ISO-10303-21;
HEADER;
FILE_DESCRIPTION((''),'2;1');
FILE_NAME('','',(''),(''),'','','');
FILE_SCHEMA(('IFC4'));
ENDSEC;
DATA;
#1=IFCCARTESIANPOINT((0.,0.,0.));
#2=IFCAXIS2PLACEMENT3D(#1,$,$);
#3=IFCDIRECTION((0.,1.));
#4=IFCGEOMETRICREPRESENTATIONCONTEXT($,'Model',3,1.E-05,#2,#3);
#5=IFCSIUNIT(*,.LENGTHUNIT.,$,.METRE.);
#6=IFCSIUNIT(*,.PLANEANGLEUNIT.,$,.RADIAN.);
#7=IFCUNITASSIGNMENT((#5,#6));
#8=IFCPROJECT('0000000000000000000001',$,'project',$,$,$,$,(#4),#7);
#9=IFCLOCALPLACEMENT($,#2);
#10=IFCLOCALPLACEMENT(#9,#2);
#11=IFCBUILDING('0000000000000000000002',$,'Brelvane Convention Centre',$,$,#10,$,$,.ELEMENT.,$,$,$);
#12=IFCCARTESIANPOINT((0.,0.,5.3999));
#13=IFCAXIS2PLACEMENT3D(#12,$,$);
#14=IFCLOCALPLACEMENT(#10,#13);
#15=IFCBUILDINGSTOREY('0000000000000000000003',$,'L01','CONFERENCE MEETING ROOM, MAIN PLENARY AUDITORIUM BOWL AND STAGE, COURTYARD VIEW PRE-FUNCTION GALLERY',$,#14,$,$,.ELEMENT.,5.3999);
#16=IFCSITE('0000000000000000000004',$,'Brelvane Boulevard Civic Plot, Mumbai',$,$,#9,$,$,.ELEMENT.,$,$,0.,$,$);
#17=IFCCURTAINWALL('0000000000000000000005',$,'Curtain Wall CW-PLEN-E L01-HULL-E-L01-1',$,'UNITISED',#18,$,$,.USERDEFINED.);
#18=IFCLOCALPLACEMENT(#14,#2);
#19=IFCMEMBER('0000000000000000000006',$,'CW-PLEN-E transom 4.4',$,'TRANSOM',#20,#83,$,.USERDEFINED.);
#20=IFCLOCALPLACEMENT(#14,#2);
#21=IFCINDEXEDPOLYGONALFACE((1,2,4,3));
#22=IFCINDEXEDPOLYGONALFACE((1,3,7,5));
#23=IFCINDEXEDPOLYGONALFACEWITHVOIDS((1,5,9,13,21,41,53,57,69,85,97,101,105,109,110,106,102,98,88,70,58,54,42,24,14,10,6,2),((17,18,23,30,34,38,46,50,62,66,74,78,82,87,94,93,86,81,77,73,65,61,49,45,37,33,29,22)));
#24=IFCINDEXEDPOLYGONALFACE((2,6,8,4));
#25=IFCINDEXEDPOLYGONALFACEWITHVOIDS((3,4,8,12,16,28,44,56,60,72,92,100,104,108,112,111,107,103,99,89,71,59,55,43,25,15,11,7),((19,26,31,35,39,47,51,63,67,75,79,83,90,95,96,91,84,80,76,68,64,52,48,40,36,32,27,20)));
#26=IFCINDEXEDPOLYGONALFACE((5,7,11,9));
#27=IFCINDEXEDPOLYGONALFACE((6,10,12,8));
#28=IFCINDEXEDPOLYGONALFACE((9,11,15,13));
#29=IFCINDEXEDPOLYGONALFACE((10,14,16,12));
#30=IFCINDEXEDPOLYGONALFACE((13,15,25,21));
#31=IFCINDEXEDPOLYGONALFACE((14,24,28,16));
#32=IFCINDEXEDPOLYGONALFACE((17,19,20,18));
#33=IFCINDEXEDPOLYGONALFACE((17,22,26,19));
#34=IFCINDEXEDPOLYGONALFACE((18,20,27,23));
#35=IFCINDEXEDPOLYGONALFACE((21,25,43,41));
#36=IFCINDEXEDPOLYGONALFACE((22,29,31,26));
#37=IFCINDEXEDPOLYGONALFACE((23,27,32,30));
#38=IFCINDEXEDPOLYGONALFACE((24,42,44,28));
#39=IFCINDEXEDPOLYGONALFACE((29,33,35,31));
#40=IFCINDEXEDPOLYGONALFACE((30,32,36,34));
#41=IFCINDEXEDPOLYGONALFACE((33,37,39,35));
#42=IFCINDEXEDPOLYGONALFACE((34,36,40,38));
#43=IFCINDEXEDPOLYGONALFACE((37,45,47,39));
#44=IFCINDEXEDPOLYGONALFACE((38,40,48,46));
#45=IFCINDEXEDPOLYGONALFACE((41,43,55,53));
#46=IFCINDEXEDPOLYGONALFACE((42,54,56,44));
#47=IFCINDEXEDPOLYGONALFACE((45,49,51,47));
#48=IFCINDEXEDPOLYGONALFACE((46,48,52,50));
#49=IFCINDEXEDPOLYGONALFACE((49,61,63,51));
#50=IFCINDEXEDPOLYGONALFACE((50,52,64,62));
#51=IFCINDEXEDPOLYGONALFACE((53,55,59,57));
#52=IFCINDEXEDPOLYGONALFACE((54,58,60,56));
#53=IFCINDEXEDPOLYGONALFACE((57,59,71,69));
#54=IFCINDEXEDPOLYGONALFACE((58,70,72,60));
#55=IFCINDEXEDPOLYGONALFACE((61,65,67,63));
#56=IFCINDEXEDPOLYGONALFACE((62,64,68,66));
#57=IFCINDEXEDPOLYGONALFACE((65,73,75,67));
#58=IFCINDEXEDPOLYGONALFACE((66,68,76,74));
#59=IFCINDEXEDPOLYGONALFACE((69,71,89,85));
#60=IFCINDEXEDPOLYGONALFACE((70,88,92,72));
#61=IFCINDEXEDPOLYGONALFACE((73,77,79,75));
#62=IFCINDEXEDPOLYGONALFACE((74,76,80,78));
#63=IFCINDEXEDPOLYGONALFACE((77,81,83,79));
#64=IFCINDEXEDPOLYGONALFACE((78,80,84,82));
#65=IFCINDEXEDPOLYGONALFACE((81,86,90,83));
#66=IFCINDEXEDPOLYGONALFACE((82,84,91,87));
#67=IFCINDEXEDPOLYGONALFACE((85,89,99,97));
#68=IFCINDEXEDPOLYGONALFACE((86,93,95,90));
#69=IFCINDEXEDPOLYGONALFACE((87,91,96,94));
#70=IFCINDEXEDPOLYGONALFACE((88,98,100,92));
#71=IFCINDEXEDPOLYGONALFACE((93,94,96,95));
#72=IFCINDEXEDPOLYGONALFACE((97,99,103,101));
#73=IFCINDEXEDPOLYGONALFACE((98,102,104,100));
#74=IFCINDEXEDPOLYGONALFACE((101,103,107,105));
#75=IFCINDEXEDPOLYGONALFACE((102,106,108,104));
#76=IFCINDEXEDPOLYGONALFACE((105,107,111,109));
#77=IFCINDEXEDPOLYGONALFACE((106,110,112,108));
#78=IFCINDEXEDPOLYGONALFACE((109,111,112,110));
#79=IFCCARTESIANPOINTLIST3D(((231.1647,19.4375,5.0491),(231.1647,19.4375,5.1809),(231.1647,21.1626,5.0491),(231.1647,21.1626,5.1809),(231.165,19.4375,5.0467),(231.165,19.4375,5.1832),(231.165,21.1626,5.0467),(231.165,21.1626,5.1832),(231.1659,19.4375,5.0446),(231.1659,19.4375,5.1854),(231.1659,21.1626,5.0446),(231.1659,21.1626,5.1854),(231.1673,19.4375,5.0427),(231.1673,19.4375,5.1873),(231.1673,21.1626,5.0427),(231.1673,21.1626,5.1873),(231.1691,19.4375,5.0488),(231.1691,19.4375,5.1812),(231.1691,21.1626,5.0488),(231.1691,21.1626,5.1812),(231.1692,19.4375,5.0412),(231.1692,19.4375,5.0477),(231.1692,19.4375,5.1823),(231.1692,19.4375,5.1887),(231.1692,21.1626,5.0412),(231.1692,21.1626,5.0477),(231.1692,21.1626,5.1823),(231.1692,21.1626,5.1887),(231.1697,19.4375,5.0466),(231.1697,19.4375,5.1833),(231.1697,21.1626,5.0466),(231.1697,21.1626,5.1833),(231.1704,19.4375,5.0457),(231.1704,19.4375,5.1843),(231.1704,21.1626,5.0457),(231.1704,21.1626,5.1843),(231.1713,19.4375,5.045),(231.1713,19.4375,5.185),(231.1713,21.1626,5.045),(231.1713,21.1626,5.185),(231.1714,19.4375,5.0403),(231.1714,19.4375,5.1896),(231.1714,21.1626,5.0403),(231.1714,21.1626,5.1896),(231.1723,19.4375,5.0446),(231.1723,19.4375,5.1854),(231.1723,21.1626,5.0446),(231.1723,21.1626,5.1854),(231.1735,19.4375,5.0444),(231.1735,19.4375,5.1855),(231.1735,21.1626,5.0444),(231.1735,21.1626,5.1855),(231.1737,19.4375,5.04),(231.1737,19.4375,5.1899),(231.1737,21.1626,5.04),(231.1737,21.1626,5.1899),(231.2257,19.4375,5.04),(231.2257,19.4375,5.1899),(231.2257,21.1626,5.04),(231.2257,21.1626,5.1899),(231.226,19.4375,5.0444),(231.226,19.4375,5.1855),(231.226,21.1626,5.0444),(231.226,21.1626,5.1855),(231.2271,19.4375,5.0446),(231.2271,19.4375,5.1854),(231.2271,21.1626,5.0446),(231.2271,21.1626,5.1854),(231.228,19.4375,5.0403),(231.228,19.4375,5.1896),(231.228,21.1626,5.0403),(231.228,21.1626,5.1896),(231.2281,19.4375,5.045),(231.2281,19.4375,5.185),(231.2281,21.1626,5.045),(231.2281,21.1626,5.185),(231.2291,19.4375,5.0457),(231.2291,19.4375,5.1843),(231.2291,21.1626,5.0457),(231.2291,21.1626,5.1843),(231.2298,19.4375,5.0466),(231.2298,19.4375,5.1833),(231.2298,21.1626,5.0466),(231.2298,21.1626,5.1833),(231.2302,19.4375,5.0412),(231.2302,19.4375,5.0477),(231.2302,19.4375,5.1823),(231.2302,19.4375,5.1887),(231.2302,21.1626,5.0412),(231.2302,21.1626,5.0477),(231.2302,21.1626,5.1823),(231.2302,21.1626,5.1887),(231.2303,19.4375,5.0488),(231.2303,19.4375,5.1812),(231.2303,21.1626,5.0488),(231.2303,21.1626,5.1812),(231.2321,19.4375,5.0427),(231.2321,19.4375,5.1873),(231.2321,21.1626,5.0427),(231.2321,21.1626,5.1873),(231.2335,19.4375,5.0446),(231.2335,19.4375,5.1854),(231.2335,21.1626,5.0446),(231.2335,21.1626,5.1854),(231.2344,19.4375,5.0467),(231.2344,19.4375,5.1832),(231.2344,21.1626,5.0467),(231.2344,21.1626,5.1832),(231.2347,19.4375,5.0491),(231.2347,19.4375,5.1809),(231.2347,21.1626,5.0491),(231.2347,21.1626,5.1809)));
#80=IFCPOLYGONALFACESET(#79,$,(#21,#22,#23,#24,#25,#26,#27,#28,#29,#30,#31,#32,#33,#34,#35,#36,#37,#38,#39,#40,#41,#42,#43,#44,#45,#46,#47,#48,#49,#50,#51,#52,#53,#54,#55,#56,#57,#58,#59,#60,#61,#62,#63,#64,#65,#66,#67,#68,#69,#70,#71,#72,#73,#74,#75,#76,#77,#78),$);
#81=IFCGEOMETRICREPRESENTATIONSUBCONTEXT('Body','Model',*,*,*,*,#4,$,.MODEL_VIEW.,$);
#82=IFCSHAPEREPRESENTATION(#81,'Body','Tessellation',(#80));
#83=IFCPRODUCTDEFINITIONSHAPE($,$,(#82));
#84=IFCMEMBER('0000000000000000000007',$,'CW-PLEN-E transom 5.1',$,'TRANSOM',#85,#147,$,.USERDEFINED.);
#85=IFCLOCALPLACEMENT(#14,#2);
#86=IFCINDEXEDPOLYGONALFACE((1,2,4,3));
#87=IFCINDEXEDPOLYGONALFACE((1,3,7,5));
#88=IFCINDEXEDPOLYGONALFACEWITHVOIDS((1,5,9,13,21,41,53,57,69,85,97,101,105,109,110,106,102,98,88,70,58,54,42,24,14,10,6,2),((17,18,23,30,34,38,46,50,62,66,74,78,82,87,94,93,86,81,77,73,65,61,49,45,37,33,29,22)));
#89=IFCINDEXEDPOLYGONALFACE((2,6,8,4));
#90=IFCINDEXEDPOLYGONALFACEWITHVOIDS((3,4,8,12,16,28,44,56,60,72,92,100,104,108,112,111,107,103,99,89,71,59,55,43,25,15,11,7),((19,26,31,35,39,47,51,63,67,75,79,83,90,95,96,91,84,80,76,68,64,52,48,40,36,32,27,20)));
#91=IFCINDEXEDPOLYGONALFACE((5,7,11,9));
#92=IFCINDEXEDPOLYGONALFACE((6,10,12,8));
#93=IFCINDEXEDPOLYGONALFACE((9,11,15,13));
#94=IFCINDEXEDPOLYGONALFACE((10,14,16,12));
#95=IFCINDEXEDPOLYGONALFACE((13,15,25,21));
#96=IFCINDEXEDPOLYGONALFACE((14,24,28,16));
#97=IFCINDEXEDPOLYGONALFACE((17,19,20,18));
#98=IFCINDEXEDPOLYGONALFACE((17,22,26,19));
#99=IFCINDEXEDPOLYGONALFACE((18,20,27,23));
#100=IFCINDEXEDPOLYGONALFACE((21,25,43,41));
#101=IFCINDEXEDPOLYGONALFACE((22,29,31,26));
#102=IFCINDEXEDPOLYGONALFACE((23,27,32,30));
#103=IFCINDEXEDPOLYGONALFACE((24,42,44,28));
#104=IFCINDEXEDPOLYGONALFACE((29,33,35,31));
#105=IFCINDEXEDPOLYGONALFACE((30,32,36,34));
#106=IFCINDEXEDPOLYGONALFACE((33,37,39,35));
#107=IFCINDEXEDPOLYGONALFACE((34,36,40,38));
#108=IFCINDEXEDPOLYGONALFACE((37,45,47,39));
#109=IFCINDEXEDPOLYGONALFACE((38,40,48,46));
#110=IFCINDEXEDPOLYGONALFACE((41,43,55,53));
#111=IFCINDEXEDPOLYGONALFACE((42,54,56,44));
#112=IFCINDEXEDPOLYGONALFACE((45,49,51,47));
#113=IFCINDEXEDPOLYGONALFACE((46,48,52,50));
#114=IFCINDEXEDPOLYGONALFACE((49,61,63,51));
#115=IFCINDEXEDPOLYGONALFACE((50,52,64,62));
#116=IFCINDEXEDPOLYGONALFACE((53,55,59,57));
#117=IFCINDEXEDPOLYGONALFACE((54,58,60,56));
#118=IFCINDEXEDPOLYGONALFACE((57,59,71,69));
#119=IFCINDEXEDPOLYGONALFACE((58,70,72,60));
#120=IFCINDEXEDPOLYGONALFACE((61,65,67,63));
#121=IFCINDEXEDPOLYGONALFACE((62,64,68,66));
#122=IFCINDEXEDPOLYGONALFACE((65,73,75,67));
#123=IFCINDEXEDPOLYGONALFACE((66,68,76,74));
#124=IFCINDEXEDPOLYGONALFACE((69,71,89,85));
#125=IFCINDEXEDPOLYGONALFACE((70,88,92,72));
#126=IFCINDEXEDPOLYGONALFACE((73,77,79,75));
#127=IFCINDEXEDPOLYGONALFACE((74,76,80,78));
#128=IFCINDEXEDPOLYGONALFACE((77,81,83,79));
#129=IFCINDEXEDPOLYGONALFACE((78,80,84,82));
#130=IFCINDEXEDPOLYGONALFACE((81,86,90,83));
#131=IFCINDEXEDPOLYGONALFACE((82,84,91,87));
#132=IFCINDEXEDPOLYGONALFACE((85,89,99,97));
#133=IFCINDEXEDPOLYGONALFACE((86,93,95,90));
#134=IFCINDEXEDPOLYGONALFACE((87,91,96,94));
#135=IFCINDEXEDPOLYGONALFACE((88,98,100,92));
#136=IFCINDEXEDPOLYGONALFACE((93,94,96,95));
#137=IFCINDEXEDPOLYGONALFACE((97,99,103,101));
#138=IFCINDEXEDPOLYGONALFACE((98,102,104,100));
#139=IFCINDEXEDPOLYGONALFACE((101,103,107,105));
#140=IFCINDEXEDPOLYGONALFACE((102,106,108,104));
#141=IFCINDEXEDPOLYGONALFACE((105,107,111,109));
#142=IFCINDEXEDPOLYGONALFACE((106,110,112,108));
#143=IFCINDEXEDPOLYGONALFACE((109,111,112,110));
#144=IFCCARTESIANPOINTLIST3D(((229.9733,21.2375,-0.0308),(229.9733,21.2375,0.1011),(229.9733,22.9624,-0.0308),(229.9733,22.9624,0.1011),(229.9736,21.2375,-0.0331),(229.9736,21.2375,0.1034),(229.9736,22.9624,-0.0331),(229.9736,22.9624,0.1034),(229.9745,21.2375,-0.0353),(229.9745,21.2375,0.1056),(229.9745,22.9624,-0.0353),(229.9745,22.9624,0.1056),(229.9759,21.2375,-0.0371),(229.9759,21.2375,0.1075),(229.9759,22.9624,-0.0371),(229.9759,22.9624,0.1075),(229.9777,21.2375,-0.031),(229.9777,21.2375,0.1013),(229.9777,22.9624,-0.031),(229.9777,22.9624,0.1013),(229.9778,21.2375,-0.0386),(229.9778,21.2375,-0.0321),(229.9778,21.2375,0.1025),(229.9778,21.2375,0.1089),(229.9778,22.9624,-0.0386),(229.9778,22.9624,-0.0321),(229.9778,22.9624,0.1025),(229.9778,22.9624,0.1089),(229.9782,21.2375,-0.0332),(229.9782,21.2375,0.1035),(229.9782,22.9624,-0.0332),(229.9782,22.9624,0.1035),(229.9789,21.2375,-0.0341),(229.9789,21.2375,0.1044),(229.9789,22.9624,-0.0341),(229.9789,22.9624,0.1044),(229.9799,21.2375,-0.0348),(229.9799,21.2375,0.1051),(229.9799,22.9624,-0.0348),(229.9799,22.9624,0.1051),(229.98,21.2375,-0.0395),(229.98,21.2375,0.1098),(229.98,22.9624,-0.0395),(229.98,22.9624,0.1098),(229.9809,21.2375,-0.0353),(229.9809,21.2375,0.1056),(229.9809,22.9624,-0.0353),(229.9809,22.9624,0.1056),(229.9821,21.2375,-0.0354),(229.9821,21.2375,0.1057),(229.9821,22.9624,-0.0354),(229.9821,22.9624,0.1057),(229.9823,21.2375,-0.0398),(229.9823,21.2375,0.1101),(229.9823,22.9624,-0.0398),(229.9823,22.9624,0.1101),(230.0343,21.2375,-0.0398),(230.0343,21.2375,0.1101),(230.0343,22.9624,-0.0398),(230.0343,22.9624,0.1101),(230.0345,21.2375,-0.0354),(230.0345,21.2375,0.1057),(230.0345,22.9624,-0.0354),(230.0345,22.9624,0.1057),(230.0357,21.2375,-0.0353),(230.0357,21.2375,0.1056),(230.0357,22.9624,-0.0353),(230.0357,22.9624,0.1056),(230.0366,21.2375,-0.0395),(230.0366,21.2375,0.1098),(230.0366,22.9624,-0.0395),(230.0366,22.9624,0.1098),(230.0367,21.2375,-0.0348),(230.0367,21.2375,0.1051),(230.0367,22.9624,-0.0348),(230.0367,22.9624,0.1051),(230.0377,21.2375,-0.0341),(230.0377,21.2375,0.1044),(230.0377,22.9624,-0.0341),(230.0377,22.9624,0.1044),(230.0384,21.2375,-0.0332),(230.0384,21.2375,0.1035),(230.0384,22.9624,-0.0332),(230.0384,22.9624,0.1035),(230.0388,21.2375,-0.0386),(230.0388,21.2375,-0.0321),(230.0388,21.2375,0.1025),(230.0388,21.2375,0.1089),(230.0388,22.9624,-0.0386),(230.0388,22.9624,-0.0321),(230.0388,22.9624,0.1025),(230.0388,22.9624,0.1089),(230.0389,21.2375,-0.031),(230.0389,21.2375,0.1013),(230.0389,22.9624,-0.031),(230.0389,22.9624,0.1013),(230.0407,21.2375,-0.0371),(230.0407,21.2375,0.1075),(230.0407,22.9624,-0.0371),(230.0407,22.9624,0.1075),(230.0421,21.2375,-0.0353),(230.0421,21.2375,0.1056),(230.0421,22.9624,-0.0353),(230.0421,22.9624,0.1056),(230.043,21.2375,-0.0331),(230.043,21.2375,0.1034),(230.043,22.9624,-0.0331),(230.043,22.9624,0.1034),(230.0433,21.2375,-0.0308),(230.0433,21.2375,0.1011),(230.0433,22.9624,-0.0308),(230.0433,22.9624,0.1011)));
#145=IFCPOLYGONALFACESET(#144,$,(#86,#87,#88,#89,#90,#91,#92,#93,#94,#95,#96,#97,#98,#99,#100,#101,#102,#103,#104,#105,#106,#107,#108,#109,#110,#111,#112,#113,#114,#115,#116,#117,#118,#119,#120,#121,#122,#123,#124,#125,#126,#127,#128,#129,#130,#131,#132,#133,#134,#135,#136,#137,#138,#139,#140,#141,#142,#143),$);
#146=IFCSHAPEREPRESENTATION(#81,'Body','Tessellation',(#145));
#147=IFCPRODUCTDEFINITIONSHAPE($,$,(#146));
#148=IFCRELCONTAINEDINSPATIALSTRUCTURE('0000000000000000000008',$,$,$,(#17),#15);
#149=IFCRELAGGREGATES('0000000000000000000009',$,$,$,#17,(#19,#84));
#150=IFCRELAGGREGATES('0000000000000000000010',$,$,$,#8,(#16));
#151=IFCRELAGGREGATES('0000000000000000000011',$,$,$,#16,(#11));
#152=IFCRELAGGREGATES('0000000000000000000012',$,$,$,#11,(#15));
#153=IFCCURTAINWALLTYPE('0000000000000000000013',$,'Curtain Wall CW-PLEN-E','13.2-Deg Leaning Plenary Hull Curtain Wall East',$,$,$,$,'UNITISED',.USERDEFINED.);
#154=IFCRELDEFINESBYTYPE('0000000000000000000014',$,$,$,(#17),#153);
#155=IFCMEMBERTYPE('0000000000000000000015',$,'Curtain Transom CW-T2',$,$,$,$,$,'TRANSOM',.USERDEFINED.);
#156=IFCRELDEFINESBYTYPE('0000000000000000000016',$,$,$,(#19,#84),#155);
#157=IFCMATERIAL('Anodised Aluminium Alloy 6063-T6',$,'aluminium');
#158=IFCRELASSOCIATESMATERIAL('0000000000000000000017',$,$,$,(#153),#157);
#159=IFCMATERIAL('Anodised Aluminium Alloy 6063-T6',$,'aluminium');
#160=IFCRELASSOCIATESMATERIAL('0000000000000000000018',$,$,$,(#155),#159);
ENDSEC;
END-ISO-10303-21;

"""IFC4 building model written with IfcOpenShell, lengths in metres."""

from ifc_helpers import new_model, si_unit, direction, frame, origin, origin_2d, place, context, subcontext, project, spatial, hollow_rectangle, extrude, material, material_profile, profile_set, type_object, element, aggregate, save


model = new_model("IFC4")

# Units and contexts
model_context = context("Model", 3, precision=1e-05, world=origin(), true_north=direction((0.0, 1.0)))
body_context = subcontext(model_context, "Body", "Model", "MODEL_VIEW")
ifc_project = project(units=[si_unit("LENGTHUNIT", "METRE"), si_unit("PLANEANGLEUNIT", "RADIAN")], contexts=[model_context])

# Site, building, storey
site_placement = place(None, origin())
site = spatial("IfcSite", under=ifc_project, at=site_placement, Name="Brelvane Boulevard Civic Plot, Mumbai", CompositionType="ELEMENT", RefElevation=0.0)
building_placement = place(site_placement, origin())
building = spatial("IfcBuilding", under=site, at=building_placement, Name="Brelvane Convention Centre", CompositionType="ELEMENT")
storey_placement = place(building_placement, frame((0.0, 0.0, 5.3999)))
storey = spatial("IfcBuildingStorey", under=building, at=storey_placement, Name="L01", Description="CONFERENCE MEETING ROOM, MAIN PLENARY AUDITORIUM BOWL AND STAGE, COURTYARD VIEW PRE-FUNCTION GALLERY", CompositionType="ELEMENT", Elevation=5.3999)

# Curtain wall, members
ifc_material_1 = material(Name="Anodised Aluminium Alloy 6063-T6", Category="aluminium")
curtain_wall_type = type_object("IfcCurtainWallType", Name="Curtain Wall CW-PLEN-E", Description="13.2-Deg Leaning Plenary Hull Curtain Wall East", ElementType="UNITISED", PredefinedType="USERDEFINED", material=ifc_material_1)
curtain_wall_placement = place(storey_placement, origin())
curtain_wall = element("IfcCurtainWall", 1, at=curtain_wall_placement, inside=storey, type_object=curtain_wall_type, Name="Curtain Wall CW-PLEN-E L01-HULL-E-L01-1", ObjectType="UNITISED", PredefinedType="USERDEFINED")
ifc_material_2 = material(Name="Anodised Aluminium Alloy 6063-T6", Category="aluminium")
ifc_material_profile_1 = material_profile(ifc_material_2, hollow_rectangle(XDim=0.0701, YDim=0.1499, WallThickness=0.0044, InnerFilletRadius=0.0044, OuterFilletRadius=0.009, at=origin_2d()), Name="ALU-T 150x70x4.5")
ifc_profile_set_1 = profile_set([ifc_material_profile_1], Name="Anodised Aluminium Alloy 6063-T6")
member_type_1 = type_object("IfcMemberType", Name="Curtain Transom CW-T2", ElementType="TRANSOM", PredefinedType="USERDEFINED", material=ifc_profile_set_1)
member_1_placement = place(storey_placement, frame((231.1997, 19.4375, 5.115), z_axis=(0.0, 1.0, 0.0), x_axis=(-1.0, 0.0, 0.0)))
member_1 = element("IfcMember", 2, at=member_1_placement, type_object=member_type_1, Name="CW-PLEN-E transom 4.4", ObjectType="TRANSOM", PredefinedType="USERDEFINED", context=body_context, shape_type="SweptSolid", body=[
    extrude(hollow_rectangle(XDim=0.0701, YDim=0.1499, WallThickness=0.0044, InnerFilletRadius=0.0044, OuterFilletRadius=0.009, at=origin_2d()), origin(), (0.0, 0.0, 1.0), 1.7251),
])
member_2_placement = place(storey_placement, frame((230.0083, 21.2375, 0.0352), z_axis=(0.0, 1.0, 0.0), x_axis=(-1.0, 0.0, 0.0)))
member_2 = element("IfcMember", 3, at=member_2_placement, type_object=member_type_1, Name="CW-PLEN-E transom 5.1", ObjectType="TRANSOM", PredefinedType="USERDEFINED", context=body_context, shape_type="SweptSolid", body=[
    extrude(hollow_rectangle(XDim=0.0701, YDim=0.1499, WallThickness=0.0044, InnerFilletRadius=0.0044, OuterFilletRadius=0.009, at=origin_2d()), origin(), (0.0, 0.0, 1.0), 1.7249),
])
aggregate(curtain_wall, [member_1, member_2])

save(model, "model.ifc")
